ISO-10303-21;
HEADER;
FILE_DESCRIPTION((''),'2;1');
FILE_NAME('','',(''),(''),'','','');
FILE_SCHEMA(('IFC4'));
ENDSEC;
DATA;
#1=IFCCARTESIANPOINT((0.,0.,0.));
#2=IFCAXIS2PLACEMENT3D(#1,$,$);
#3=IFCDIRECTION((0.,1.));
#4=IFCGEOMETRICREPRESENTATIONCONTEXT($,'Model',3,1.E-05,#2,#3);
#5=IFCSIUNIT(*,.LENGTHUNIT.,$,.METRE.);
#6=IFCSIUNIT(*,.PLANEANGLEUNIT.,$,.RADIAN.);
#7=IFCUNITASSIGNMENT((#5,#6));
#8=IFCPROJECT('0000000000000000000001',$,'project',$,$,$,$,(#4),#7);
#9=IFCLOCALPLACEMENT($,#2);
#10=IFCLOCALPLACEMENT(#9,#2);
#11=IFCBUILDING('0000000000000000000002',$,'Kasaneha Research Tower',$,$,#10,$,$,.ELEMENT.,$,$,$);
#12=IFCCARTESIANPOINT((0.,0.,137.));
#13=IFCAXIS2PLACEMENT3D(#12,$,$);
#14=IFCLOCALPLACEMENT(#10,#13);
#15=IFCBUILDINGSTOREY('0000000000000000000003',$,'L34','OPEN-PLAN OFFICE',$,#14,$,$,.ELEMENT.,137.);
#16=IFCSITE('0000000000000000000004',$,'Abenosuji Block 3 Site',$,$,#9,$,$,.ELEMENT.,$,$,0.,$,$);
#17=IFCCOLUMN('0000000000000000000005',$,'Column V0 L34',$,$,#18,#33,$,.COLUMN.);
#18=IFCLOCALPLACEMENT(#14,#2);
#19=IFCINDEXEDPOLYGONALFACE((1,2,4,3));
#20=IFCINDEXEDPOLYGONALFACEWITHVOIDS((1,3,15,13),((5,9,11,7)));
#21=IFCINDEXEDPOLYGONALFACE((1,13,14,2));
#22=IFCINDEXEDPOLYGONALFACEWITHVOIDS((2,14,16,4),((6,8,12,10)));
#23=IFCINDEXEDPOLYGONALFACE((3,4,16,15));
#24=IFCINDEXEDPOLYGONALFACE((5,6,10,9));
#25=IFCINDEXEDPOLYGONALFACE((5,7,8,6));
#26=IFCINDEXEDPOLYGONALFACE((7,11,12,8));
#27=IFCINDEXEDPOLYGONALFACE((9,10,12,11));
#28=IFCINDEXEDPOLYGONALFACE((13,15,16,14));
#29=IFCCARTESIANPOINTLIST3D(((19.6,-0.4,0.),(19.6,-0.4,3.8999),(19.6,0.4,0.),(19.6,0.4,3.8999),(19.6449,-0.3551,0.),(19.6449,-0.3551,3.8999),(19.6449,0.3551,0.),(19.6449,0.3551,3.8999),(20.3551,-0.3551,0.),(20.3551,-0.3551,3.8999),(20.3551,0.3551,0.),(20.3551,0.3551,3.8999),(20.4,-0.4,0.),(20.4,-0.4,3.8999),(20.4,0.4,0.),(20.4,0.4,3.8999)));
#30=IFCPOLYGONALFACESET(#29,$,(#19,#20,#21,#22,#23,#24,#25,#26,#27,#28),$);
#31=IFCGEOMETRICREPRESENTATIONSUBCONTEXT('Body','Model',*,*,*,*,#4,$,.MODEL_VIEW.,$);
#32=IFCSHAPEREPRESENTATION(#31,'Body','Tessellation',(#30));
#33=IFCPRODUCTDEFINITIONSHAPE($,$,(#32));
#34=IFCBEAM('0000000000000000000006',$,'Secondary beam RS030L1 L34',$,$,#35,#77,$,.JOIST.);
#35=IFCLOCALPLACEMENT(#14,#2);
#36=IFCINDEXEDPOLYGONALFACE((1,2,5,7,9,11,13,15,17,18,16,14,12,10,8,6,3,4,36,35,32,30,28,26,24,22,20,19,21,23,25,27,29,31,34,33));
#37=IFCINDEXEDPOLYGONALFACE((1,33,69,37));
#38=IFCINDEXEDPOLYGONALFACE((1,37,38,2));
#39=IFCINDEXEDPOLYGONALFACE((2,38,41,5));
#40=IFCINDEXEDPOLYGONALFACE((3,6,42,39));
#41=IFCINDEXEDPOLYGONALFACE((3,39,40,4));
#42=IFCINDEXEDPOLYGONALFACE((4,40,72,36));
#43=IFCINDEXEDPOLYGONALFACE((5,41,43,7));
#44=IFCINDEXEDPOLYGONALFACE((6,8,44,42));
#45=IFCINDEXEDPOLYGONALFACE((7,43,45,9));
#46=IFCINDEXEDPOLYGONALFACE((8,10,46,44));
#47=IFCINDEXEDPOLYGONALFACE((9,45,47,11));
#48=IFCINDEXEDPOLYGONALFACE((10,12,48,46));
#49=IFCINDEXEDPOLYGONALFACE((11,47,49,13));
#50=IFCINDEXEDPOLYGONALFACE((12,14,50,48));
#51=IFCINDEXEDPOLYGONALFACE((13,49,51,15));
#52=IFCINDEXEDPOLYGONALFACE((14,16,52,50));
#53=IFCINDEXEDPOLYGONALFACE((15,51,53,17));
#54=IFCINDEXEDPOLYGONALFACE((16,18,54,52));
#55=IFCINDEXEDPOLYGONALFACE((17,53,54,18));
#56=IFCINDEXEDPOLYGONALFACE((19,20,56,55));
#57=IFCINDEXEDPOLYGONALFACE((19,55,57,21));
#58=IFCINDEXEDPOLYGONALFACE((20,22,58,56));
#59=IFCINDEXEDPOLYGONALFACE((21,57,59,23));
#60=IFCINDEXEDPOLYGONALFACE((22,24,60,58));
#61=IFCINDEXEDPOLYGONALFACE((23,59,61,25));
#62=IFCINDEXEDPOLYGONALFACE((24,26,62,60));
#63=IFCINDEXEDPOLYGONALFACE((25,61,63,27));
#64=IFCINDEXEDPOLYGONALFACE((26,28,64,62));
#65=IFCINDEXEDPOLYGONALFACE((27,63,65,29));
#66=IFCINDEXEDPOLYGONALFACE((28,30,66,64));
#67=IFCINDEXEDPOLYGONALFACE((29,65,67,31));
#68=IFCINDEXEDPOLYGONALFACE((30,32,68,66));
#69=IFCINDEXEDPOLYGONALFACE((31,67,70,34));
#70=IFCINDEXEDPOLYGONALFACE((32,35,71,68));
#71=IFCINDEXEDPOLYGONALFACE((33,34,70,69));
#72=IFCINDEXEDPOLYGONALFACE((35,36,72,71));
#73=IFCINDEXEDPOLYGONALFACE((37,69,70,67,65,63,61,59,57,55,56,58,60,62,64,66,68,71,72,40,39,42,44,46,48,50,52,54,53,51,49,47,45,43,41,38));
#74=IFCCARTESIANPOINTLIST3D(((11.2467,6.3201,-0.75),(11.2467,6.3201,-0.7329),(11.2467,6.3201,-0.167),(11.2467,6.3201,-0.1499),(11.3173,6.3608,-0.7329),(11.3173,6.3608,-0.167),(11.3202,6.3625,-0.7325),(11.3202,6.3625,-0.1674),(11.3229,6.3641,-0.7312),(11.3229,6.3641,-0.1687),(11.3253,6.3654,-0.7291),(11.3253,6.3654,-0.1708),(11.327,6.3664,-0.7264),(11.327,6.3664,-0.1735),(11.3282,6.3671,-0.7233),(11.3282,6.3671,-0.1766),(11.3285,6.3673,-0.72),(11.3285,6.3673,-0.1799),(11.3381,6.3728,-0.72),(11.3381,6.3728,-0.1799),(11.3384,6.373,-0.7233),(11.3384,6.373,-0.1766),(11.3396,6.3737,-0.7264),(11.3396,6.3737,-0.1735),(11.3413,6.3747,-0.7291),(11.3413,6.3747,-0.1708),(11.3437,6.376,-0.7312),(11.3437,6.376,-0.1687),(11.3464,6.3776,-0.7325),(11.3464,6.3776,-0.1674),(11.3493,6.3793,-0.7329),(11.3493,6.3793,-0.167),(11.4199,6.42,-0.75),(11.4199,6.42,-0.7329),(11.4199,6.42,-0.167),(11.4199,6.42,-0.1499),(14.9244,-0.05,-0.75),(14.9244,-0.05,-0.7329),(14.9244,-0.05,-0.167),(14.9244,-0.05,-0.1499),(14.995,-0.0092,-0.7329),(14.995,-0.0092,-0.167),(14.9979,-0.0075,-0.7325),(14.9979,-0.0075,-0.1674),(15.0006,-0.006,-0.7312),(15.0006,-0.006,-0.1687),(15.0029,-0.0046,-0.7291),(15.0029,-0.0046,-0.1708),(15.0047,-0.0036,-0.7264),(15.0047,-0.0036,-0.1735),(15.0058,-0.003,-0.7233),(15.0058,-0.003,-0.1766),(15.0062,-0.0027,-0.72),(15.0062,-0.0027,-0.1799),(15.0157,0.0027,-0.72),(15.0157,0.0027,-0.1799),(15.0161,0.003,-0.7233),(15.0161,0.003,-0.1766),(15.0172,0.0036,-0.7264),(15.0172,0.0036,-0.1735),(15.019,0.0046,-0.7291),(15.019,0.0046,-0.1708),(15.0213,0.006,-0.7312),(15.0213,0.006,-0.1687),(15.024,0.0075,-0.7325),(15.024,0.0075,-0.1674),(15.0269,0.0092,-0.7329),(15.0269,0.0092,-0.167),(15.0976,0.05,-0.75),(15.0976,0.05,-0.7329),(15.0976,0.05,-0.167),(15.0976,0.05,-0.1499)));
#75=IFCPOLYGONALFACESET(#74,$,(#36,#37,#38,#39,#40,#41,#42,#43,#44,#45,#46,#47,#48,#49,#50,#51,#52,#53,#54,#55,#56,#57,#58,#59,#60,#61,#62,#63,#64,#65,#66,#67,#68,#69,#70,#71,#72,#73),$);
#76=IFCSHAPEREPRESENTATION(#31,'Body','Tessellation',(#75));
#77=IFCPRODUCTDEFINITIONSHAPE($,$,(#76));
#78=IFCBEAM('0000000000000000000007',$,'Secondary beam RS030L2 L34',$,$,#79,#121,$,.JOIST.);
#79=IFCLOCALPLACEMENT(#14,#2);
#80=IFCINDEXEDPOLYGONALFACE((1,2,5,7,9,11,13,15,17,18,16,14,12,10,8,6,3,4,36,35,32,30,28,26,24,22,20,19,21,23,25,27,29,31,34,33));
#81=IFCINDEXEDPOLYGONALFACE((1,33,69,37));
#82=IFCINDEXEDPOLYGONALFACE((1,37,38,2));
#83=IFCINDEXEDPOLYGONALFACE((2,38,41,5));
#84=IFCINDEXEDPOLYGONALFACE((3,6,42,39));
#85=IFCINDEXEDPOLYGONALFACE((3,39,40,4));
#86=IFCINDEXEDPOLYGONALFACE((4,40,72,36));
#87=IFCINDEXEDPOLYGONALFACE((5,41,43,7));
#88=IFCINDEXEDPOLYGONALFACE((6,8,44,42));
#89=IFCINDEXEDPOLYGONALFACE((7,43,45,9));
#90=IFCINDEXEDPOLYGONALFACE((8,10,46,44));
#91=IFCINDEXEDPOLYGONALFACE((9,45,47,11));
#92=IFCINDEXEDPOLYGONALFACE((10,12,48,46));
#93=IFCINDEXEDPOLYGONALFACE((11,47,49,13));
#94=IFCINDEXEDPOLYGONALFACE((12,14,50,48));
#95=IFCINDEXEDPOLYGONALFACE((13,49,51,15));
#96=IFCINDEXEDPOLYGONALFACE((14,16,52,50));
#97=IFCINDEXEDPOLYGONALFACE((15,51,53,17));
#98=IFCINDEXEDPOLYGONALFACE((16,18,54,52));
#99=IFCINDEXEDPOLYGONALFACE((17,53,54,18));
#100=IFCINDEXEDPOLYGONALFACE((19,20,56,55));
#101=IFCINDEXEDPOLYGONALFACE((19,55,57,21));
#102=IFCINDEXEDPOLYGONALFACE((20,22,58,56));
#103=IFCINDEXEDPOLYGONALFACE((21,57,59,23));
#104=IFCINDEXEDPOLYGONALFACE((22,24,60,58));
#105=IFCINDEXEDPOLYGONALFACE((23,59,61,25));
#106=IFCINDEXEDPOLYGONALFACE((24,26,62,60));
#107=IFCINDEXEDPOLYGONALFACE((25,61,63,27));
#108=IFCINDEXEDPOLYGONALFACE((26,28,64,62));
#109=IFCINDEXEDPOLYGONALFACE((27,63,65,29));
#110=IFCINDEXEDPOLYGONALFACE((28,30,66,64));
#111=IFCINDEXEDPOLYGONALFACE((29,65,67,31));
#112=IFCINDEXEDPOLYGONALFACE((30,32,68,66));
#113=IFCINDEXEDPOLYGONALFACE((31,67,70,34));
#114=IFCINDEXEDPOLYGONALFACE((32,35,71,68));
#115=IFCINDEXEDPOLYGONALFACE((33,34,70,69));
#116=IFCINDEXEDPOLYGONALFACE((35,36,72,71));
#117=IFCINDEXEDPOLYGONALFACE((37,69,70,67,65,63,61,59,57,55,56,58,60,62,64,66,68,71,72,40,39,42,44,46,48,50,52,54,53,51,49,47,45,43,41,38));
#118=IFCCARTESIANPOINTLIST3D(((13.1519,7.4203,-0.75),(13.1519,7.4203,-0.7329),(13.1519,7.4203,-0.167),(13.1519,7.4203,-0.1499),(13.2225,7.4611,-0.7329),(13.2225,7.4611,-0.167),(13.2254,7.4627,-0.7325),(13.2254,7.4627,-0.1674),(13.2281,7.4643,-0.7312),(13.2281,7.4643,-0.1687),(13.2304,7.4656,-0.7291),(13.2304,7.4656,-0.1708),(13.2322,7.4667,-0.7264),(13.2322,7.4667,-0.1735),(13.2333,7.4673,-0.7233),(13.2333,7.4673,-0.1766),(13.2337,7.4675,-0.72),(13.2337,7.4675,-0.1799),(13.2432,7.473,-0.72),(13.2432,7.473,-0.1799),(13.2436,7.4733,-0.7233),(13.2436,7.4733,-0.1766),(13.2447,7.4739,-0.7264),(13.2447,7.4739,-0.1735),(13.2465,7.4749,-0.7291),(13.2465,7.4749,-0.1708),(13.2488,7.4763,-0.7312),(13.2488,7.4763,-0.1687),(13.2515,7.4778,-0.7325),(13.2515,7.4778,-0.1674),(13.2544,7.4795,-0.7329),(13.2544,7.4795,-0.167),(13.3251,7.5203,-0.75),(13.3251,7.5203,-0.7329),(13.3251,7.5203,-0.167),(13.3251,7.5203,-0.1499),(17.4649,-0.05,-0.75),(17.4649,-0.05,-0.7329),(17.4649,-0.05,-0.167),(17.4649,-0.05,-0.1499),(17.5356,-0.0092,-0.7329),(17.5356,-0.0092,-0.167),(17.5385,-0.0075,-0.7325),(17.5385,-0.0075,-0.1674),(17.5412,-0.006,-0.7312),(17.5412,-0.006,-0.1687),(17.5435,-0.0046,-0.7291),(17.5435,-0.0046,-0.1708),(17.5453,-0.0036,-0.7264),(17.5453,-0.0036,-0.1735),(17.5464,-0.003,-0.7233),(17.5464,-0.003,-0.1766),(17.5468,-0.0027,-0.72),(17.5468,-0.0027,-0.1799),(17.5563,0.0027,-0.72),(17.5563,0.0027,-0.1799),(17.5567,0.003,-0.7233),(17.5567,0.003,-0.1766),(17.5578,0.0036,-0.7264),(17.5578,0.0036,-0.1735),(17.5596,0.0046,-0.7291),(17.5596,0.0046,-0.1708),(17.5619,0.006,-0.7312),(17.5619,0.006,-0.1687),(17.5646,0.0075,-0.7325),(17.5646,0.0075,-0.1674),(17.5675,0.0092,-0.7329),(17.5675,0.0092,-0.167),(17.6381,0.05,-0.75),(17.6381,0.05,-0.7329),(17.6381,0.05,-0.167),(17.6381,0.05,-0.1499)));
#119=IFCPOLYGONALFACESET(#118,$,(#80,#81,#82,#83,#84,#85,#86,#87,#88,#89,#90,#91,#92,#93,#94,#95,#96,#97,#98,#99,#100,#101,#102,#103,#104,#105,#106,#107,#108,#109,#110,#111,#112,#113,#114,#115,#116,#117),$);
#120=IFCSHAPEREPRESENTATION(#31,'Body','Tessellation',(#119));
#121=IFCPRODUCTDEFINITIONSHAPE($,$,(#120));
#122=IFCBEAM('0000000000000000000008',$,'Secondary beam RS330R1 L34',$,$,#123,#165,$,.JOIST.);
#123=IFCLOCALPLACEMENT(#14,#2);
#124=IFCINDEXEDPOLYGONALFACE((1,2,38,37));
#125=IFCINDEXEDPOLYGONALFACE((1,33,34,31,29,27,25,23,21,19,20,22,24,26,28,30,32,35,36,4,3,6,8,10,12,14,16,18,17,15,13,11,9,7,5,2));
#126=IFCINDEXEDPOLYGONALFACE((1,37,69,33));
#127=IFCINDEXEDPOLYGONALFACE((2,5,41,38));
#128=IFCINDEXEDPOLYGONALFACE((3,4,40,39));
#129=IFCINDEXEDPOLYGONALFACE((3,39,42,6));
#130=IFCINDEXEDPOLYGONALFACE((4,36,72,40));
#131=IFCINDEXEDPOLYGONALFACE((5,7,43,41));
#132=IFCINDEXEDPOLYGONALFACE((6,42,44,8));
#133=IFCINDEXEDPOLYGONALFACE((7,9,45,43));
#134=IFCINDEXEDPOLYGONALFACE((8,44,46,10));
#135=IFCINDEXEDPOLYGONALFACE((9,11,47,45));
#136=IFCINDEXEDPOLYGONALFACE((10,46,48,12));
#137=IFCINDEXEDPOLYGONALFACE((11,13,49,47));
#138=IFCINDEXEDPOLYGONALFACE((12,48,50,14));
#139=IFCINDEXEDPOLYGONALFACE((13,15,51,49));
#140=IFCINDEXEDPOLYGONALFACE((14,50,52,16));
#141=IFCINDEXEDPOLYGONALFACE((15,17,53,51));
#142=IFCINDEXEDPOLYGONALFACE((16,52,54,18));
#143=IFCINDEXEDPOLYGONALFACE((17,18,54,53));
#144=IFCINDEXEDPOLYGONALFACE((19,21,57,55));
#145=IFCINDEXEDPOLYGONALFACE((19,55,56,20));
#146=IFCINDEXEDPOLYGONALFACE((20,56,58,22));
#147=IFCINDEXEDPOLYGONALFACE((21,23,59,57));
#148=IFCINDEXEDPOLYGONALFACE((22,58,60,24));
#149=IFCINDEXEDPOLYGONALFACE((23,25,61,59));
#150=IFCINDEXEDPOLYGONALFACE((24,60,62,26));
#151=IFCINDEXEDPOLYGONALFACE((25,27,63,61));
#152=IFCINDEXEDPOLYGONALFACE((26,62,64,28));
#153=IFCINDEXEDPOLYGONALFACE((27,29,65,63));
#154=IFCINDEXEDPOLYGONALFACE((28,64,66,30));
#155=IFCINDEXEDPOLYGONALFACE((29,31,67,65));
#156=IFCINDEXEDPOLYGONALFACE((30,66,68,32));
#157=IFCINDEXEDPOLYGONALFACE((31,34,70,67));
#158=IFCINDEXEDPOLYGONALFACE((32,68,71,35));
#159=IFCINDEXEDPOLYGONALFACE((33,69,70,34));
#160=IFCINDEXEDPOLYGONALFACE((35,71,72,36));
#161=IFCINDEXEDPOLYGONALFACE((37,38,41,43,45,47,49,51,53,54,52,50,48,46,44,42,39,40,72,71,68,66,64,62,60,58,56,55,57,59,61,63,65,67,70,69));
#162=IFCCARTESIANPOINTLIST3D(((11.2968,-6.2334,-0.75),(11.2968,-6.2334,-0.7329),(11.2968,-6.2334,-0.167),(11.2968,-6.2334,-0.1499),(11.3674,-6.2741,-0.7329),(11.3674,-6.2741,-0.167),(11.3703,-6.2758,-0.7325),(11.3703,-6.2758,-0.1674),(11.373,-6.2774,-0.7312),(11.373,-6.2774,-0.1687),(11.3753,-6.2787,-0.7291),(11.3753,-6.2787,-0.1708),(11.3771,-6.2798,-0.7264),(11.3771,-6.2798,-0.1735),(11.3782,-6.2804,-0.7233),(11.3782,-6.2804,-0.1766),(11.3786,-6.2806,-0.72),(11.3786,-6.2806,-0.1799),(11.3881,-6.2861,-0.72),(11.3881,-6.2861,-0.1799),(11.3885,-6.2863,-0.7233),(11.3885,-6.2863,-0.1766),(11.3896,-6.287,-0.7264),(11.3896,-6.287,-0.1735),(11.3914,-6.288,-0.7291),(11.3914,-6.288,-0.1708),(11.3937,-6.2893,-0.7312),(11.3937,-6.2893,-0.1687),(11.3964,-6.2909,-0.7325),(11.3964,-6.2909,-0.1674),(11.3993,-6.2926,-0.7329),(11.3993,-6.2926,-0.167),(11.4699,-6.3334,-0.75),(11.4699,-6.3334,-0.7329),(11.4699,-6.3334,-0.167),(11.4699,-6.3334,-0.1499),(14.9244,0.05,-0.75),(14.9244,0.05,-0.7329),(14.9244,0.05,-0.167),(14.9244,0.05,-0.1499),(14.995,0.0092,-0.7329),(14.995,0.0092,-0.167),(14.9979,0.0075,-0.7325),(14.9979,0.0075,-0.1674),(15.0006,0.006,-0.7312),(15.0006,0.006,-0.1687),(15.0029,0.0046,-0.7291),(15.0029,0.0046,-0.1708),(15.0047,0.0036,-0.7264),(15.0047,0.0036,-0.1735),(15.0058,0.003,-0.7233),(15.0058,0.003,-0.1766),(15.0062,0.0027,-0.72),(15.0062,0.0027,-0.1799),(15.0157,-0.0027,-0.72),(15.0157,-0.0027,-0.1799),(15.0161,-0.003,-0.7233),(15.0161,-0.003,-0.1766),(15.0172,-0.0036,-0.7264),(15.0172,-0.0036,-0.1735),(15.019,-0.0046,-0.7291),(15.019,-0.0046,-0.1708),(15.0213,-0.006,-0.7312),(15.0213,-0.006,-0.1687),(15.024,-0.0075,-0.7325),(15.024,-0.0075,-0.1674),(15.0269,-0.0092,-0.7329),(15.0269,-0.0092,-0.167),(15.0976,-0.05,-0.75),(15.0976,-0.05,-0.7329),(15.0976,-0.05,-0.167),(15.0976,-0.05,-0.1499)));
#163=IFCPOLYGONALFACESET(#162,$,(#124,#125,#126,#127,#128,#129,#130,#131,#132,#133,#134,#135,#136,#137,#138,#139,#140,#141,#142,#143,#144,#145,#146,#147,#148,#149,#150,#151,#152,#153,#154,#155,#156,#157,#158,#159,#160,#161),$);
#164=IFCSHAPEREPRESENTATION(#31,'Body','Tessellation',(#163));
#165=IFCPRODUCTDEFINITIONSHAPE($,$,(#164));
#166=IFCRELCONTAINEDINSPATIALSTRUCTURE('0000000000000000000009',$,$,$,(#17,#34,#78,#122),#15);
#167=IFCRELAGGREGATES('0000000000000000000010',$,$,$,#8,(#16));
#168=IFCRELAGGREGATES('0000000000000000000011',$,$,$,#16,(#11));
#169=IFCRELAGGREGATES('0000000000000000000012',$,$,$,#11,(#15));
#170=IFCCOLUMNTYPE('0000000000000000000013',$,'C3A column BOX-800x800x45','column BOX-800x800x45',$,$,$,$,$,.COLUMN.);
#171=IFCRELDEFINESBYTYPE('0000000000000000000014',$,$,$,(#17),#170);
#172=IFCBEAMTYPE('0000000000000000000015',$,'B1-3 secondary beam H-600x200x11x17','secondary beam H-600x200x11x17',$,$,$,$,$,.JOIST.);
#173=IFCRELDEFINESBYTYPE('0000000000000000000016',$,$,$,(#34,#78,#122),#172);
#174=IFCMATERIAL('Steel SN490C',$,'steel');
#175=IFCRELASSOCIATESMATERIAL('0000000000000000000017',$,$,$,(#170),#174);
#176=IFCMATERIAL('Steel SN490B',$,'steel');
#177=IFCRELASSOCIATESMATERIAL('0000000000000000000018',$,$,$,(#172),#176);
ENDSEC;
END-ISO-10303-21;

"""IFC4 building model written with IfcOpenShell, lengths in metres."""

from ifc_helpers import new_model, si_unit, direction, frame, origin, origin_2d, place, context, subcontext, project, spatial, hollow_rectangle, i_section, extrude, material, material_profile, profile_set, type_object, element, save


model = new_model("IFC4")

# Units and contexts
model_context = context("Model", 3, precision=1e-05, world=origin(), true_north=direction((0.0, 1.0)))
body_context = subcontext(model_context, "Body", "Model", "MODEL_VIEW")
ifc_project = project(units=[si_unit("LENGTHUNIT", "METRE"), si_unit("PLANEANGLEUNIT", "RADIAN")], contexts=[model_context])

# Site, building, storey
site_placement = place(None, origin())
site = spatial("IfcSite", under=ifc_project, at=site_placement, Name="Abenosuji Block 3 Site", CompositionType="ELEMENT", RefElevation=0.0)
building_placement = place(site_placement, origin())
building = spatial("IfcBuilding", under=site, at=building_placement, Name="Kasaneha Research Tower", CompositionType="ELEMENT")
storey_placement = place(building_placement, frame((0.0, 0.0, 137.0)))
storey = spatial("IfcBuildingStorey", under=building, at=storey_placement, Name="L34", Description="OPEN-PLAN OFFICE", CompositionType="ELEMENT", Elevation=137.0)

# Column
ifc_material_1 = material(Name="Steel SN490C", Category="steel")
ifc_material_profile_1 = material_profile(ifc_material_1, hollow_rectangle(XDim=0.8, YDim=0.8, WallThickness=0.0449, at=origin_2d()), Name="BOX-800x800x45")
ifc_profile_set_1 = profile_set([ifc_material_profile_1], Name="Steel SN490C")
column_type = type_object("IfcColumnType", Name="C3A column BOX-800x800x45", Description="column BOX-800x800x45", PredefinedType="COLUMN", material=ifc_profile_set_1)
column_placement = place(storey_placement, frame((20.0, 0.0, 0.0), z_axis=(0.0, 0.0, 1.0), x_axis=(1.0, 0.0, 0.0)))
element("IfcColumn", 1, at=column_placement, inside=storey, type_object=column_type, Name="Column V0 L34", PredefinedType="COLUMN", context=body_context, shape_type="SweptSolid", body=[
    extrude(hollow_rectangle(XDim=0.8, YDim=0.8, WallThickness=0.0449, at=origin_2d()), origin(), (0.0, 0.0, 1.0), 3.8999),
])

# Beams
ifc_material_2 = material(Name="Steel SN490B", Category="steel")
ifc_material_profile_2 = material_profile(ifc_material_2, i_section(OverallWidth=0.2, OverallDepth=0.6001, WebThickness=0.011, FlangeThickness=0.0171, FilletRadius=0.0129, at=origin_2d()), Name="H-600x200x11x17")
ifc_profile_set_2 = profile_set([ifc_material_profile_2], Name="Steel SN490B")
beam_type_1 = type_object("IfcBeamType", Name="B1-3 secondary beam H-600x200x11x17", Description="secondary beam H-600x200x11x17", PredefinedType="JOIST", material=ifc_profile_set_2)
beam_1_placement = place(storey_placement, frame((15.011, 0.0, -0.45), z_axis=(-0.499994, 0.866029, 0.0), x_axis=(-0.866029, -0.499994, 0.0)))
element("IfcBeam", 2, at=beam_1_placement, inside=storey, type_object=beam_type_1, Name="Secondary beam RS030L1 L34", PredefinedType="JOIST", context=body_context, shape_type="SweptSolid", body=[
    extrude(i_section(OverallWidth=0.2, OverallDepth=0.6001, WebThickness=0.011, FlangeThickness=0.0171, FilletRadius=0.0129, at=origin_2d()), origin(), (0.0, 0.0, 1.0), 7.3555),
])
beam_2_placement = place(storey_placement, frame((17.5515, 0.0, -0.45), z_axis=(-0.500005, 0.866023, 0.0), x_axis=(-0.866023, -0.500005, 0.0)))
element("IfcBeam", 3, at=beam_2_placement, inside=storey, type_object=beam_type_1, Name="Secondary beam RS030L2 L34", PredefinedType="JOIST", context=body_context, shape_type="SweptSolid", body=[
    extrude(i_section(OverallWidth=0.2, OverallDepth=0.6001, WebThickness=0.011, FlangeThickness=0.0171, FilletRadius=0.0129, at=origin_2d()), origin(), (0.0, 0.0, 1.0), 8.626),
])
beam_3_placement = place(storey_placement, frame((15.011, 0.0, -0.45), z_axis=(-0.499993, -0.866029, 0.0), x_axis=(0.866029, -0.499993, 0.0)))
element("IfcBeam", 4, at=beam_3_placement, inside=storey, type_object=beam_type_1, Name="Secondary beam RS330R1 L34", PredefinedType="JOIST", context=body_context, shape_type="SweptSolid", body=[
    extrude(i_section(OverallWidth=0.2, OverallDepth=0.6001, WebThickness=0.011, FlangeThickness=0.0171, FilletRadius=0.0129, at=origin_2d()), origin(), (0.0, 0.0, 1.0), 7.2554),
])

save(model, "model.ifc")
